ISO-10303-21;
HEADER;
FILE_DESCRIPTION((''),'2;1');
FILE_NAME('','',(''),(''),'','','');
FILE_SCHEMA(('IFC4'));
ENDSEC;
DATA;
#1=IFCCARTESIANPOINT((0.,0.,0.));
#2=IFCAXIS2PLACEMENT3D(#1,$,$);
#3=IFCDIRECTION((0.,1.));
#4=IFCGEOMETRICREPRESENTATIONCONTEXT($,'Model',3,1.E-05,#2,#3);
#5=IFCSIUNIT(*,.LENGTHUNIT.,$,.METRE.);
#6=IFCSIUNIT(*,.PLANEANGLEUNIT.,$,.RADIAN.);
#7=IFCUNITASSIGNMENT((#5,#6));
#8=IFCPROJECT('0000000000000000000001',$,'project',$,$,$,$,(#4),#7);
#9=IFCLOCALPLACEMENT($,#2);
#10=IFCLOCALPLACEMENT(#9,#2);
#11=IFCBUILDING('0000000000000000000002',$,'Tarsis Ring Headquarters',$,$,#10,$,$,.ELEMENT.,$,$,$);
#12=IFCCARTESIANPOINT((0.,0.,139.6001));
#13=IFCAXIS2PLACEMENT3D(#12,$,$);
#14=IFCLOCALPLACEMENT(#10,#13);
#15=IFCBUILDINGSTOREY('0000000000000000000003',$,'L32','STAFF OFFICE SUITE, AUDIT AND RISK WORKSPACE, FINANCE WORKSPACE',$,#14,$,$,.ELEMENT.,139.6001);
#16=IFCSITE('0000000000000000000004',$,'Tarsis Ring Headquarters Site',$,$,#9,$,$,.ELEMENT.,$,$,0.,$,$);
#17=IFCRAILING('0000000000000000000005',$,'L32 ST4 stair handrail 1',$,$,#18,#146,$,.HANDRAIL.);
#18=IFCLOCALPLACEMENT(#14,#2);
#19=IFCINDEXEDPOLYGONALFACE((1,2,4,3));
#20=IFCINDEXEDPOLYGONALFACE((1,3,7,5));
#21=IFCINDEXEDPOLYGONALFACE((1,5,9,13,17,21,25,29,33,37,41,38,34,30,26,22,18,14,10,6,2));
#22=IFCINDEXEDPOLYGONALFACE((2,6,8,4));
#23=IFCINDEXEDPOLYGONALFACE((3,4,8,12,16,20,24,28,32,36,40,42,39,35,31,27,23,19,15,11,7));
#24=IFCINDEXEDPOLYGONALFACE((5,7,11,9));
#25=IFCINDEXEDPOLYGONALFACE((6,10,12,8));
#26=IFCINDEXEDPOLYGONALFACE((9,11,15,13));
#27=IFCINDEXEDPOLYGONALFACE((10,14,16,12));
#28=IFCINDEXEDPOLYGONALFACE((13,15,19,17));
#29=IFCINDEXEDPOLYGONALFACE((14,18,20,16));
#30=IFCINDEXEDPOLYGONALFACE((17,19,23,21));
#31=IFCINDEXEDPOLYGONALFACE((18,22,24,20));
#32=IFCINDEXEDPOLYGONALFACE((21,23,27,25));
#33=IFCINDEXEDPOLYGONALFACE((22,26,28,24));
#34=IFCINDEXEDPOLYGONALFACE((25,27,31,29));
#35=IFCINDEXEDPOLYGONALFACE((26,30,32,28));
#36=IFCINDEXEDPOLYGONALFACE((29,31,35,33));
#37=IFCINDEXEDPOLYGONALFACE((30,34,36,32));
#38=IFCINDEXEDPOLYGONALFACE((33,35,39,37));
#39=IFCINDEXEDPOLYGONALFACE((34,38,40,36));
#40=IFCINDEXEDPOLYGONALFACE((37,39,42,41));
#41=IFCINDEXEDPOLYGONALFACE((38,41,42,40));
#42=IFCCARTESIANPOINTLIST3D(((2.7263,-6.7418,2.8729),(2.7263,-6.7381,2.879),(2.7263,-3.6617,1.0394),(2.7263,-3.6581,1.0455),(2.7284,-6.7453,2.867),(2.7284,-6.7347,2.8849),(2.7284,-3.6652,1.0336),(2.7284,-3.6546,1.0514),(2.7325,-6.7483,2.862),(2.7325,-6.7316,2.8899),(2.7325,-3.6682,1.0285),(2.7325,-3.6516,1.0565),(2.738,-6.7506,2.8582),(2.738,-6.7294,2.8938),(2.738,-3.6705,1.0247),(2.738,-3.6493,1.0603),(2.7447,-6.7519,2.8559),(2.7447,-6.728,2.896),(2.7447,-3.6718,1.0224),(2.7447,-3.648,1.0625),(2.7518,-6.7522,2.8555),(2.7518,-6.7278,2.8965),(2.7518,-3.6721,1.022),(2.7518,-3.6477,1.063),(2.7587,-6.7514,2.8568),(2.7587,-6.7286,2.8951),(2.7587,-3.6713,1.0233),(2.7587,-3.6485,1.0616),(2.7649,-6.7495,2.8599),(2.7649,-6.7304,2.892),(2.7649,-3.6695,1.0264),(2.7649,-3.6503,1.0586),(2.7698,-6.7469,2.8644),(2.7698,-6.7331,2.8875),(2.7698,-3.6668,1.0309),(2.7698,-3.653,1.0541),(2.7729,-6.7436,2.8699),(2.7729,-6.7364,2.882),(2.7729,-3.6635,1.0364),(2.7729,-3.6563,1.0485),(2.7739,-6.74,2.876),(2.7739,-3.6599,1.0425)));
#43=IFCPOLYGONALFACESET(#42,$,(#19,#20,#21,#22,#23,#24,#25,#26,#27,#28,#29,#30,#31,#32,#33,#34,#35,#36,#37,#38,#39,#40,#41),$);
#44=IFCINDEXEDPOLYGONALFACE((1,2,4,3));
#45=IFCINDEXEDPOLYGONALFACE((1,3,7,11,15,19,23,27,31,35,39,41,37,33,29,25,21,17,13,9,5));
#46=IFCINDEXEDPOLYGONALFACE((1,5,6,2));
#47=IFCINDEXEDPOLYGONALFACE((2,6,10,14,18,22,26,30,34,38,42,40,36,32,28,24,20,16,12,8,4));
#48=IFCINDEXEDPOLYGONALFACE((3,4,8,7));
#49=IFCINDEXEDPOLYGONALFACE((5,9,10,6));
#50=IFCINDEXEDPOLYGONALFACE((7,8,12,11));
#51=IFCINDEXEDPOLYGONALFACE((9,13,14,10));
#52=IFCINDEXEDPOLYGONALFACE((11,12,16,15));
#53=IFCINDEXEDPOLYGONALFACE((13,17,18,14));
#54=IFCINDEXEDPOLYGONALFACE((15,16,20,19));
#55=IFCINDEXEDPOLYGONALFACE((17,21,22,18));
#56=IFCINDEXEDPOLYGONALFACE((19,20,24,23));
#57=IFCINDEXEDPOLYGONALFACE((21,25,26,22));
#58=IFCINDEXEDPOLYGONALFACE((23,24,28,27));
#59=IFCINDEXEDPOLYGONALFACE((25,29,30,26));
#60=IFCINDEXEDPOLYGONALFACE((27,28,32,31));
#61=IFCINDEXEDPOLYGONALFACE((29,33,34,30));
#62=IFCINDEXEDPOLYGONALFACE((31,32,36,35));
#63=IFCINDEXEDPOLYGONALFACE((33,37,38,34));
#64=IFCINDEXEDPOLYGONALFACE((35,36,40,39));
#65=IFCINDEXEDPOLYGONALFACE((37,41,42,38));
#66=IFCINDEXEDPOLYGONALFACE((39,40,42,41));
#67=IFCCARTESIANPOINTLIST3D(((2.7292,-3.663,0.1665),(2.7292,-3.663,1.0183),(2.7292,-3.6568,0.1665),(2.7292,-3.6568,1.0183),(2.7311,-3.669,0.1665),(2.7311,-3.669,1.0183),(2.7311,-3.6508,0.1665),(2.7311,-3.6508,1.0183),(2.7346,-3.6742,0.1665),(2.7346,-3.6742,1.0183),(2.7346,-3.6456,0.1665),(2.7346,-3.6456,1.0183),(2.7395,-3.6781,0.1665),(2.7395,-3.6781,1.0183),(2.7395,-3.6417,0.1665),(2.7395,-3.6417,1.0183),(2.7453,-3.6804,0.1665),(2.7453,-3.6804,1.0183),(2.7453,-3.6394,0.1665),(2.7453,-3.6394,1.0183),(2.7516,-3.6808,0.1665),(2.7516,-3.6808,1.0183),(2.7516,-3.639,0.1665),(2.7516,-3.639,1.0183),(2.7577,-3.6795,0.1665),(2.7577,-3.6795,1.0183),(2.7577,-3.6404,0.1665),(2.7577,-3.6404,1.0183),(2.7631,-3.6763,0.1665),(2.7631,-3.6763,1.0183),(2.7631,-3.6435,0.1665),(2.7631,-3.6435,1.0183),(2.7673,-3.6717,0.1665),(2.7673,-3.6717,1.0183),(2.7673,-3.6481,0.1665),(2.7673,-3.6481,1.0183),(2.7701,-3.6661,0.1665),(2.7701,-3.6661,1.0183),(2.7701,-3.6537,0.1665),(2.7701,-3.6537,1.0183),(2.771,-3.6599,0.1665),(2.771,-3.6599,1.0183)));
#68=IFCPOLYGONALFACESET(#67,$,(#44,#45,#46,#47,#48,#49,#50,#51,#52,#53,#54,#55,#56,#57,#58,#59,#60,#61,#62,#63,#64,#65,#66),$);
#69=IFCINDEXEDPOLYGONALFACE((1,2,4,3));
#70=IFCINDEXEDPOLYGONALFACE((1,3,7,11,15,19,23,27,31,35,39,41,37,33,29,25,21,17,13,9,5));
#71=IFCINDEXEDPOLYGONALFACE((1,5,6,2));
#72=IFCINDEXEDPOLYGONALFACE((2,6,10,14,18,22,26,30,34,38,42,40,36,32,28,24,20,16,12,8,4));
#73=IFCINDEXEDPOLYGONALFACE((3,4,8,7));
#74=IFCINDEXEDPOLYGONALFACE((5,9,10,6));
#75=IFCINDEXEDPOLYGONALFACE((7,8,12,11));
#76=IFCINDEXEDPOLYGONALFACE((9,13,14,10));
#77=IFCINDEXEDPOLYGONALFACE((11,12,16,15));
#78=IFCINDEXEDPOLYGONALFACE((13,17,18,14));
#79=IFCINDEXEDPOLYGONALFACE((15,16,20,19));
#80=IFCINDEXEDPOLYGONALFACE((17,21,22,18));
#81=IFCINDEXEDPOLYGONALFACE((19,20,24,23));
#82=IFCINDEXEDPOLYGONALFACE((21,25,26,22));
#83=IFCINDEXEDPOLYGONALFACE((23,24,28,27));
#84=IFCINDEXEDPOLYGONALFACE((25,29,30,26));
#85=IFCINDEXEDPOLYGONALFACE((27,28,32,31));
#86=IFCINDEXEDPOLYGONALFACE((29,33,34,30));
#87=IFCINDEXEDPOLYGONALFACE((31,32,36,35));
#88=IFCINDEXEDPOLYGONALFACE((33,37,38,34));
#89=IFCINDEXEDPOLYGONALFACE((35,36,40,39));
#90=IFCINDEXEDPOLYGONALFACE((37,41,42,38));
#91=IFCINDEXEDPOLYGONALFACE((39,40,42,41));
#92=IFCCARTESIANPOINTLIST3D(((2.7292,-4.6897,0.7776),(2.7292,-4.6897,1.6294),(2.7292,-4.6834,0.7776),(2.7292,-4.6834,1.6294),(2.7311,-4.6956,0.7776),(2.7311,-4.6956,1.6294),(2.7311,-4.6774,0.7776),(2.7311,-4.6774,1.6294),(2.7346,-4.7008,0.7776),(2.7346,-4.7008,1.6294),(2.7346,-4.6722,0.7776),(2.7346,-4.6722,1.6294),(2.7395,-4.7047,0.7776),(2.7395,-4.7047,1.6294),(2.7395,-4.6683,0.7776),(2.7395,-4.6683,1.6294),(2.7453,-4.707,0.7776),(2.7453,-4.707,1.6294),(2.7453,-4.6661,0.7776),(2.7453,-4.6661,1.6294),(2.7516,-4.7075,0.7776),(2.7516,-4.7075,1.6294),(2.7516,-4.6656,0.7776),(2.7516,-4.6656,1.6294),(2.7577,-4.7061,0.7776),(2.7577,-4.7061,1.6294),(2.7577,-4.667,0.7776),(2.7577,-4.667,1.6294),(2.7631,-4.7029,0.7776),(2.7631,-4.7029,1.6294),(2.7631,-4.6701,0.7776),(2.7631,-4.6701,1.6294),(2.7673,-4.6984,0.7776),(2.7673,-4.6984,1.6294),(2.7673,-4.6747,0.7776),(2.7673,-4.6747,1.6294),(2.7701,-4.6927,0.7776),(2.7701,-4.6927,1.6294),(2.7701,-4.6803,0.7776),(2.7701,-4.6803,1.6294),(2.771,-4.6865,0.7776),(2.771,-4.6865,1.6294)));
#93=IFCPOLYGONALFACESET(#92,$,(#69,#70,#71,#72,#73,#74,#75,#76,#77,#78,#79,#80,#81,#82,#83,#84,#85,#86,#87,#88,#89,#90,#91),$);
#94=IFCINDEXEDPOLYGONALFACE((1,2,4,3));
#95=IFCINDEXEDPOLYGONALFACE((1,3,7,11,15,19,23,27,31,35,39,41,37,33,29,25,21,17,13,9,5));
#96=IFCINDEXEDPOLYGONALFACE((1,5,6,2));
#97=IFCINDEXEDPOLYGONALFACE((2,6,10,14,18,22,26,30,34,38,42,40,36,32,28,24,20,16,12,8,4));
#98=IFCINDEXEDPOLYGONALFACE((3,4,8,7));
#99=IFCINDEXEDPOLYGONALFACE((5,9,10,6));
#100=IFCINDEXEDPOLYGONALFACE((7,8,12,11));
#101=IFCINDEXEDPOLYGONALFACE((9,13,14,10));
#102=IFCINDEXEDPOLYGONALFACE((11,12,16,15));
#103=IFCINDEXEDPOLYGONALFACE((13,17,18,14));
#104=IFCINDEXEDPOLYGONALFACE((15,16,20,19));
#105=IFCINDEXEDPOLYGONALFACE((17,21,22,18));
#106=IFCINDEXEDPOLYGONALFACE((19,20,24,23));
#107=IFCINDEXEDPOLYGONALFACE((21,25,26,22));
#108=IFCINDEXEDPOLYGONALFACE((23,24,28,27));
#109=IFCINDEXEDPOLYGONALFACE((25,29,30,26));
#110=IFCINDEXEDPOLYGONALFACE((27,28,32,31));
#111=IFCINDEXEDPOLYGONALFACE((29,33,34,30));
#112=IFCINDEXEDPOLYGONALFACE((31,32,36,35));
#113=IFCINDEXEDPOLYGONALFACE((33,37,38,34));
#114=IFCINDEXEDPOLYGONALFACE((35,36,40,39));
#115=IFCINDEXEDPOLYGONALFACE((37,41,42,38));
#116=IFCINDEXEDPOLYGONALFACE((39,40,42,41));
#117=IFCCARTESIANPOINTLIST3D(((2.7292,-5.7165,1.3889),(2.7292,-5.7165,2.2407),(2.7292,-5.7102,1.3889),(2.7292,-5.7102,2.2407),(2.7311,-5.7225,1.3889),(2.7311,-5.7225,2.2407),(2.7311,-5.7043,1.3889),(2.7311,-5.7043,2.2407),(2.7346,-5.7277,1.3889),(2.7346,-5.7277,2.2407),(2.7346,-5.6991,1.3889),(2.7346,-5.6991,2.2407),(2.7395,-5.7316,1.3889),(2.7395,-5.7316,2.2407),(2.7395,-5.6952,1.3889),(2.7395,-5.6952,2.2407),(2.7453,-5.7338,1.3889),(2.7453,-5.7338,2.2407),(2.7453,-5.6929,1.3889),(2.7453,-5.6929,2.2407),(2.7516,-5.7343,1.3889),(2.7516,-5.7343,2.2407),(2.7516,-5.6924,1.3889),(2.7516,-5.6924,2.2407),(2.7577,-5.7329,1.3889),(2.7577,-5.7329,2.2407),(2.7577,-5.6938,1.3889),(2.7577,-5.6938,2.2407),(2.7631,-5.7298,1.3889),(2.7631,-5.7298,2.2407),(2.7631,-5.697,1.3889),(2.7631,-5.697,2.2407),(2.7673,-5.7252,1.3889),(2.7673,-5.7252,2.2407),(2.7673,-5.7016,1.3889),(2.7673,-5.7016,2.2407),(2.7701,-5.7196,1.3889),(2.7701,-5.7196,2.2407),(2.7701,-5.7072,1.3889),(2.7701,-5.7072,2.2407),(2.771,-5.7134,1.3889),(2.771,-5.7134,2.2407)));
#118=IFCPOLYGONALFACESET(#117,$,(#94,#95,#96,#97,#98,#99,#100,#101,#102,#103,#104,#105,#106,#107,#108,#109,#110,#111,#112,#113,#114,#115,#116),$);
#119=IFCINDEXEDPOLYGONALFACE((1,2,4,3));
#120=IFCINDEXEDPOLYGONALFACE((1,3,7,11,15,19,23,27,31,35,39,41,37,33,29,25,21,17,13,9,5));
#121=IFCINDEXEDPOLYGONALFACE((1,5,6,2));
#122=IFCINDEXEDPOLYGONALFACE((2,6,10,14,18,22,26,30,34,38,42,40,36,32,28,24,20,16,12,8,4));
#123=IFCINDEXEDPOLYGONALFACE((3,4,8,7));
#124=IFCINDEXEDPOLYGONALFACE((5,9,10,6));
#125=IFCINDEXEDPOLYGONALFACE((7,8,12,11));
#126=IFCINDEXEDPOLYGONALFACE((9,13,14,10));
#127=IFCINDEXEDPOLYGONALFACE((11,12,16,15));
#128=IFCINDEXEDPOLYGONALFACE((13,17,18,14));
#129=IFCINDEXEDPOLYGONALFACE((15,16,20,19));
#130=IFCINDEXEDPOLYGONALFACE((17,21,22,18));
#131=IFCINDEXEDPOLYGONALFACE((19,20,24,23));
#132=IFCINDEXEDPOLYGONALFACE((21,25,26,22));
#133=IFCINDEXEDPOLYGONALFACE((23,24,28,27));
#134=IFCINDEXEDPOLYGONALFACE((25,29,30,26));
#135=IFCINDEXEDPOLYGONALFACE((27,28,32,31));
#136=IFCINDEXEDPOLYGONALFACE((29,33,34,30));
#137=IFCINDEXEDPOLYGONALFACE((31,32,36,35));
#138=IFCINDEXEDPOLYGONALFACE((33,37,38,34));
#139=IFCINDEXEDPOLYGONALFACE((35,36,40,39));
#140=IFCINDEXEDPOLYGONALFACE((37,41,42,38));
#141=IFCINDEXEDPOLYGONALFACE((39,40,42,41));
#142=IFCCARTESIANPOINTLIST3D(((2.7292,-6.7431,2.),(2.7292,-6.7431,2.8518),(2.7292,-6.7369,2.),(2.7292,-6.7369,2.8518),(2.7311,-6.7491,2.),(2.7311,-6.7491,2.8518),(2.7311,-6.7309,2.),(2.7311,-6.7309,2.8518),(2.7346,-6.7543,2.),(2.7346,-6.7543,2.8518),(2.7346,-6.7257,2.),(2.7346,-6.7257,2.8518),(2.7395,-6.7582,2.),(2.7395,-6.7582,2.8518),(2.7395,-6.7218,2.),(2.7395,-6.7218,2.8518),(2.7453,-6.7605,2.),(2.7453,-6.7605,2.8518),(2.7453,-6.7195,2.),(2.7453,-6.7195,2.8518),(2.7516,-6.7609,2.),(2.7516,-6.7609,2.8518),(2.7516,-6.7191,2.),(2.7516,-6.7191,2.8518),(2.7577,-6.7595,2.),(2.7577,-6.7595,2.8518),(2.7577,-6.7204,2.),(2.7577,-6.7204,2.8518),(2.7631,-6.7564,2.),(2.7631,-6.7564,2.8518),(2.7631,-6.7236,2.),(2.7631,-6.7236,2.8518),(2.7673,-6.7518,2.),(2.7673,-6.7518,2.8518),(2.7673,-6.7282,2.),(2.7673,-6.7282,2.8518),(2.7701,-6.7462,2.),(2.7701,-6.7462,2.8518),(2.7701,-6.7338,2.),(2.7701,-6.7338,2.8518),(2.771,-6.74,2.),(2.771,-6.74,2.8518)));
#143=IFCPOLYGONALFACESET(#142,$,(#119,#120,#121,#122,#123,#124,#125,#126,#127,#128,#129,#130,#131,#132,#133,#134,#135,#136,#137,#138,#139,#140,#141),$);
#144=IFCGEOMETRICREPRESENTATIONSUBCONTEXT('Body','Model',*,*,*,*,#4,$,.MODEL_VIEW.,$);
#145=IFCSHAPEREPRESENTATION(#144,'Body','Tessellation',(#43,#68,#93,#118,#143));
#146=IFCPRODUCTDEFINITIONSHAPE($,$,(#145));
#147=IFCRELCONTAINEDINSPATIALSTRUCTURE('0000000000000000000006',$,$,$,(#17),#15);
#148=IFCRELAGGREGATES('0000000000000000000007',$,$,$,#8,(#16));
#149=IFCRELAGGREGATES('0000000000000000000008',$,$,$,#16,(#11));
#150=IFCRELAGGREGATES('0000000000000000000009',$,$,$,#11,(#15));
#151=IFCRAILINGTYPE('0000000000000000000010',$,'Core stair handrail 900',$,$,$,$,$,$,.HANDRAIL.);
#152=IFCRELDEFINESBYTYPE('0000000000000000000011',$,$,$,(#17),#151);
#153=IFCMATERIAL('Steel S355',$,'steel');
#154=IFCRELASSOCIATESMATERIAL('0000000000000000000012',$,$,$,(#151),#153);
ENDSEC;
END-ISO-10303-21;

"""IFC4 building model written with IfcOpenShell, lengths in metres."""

from ifc_helpers import new_model, si_unit, direction, frame, origin, origin_2d, place, context, subcontext, project, spatial, circle, extrude, material, type_object, element, save


model = new_model("IFC4")

# Units and contexts
model_context = context("Model", 3, precision=1e-05, world=origin(), true_north=direction((0.0, 1.0)))
body_context = subcontext(model_context, "Body", "Model", "MODEL_VIEW")
ifc_project = project(units=[si_unit("LENGTHUNIT", "METRE"), si_unit("PLANEANGLEUNIT", "RADIAN")], contexts=[model_context])

# Site, building, storey
site_placement = place(None, origin())
site = spatial("IfcSite", under=ifc_project, at=site_placement, Name="Tarsis Ring Headquarters Site", CompositionType="ELEMENT", RefElevation=0.0)
building_placement = place(site_placement, origin())
building = spatial("IfcBuilding", under=site, at=building_placement, Name="Tarsis Ring Headquarters", CompositionType="ELEMENT")
storey_placement = place(building_placement, frame((0.0, 0.0, 139.6001)))
storey = spatial("IfcBuildingStorey", under=building, at=storey_placement, Name="L32", Description="STAFF OFFICE SUITE, AUDIT AND RISK WORKSPACE, FINANCE WORKSPACE", CompositionType="ELEMENT", Elevation=139.6001)

# Railing
ifc_material_1 = material(Name="Steel S355", Category="steel")
railing_type_1 = type_object("IfcRailingType", Name="Core stair handrail 900", PredefinedType="HANDRAIL", material=ifc_material_1)
for number, where, name in (
    (1, (2.75, -3.6599, 0.1665), "L32 ST4 stair handrail 1"),
):
    element("IfcRailing", number, at=place(storey_placement, frame(where)), inside=storey, type_object=railing_type_1, Name=name, PredefinedType="HANDRAIL", context=body_context, shape_type="SweptSolid", body=[
        extrude(circle(Radius=0.0239, at=origin_2d()), frame((0.0, 0.0, 0.876), z_axis=(0.0, -0.859279, 0.511508), x_axis=(1.0, 0.0, 0.0)), (0.0, 0.0, 1.0), 3.5845),
        extrude(circle(Radius=0.021, at=origin_2d()), origin(), (0.0, 0.0, 1.0), 0.8518),
        extrude(circle(Radius=0.021, at=origin_2d()), frame((0.0, -1.0266, 0.6111)), (0.0, 0.0, 1.0), 0.8518),
        extrude(circle(Radius=0.021, at=origin_2d()), frame((0.0, -2.0535, 1.2224)), (0.0, 0.0, 1.0), 0.8518),
        extrude(circle(Radius=0.021, at=origin_2d()), frame((0.0, -3.0801, 1.8335)), (0.0, 0.0, 1.0), 0.8518),
    ])

save(model, "model.ifc")
